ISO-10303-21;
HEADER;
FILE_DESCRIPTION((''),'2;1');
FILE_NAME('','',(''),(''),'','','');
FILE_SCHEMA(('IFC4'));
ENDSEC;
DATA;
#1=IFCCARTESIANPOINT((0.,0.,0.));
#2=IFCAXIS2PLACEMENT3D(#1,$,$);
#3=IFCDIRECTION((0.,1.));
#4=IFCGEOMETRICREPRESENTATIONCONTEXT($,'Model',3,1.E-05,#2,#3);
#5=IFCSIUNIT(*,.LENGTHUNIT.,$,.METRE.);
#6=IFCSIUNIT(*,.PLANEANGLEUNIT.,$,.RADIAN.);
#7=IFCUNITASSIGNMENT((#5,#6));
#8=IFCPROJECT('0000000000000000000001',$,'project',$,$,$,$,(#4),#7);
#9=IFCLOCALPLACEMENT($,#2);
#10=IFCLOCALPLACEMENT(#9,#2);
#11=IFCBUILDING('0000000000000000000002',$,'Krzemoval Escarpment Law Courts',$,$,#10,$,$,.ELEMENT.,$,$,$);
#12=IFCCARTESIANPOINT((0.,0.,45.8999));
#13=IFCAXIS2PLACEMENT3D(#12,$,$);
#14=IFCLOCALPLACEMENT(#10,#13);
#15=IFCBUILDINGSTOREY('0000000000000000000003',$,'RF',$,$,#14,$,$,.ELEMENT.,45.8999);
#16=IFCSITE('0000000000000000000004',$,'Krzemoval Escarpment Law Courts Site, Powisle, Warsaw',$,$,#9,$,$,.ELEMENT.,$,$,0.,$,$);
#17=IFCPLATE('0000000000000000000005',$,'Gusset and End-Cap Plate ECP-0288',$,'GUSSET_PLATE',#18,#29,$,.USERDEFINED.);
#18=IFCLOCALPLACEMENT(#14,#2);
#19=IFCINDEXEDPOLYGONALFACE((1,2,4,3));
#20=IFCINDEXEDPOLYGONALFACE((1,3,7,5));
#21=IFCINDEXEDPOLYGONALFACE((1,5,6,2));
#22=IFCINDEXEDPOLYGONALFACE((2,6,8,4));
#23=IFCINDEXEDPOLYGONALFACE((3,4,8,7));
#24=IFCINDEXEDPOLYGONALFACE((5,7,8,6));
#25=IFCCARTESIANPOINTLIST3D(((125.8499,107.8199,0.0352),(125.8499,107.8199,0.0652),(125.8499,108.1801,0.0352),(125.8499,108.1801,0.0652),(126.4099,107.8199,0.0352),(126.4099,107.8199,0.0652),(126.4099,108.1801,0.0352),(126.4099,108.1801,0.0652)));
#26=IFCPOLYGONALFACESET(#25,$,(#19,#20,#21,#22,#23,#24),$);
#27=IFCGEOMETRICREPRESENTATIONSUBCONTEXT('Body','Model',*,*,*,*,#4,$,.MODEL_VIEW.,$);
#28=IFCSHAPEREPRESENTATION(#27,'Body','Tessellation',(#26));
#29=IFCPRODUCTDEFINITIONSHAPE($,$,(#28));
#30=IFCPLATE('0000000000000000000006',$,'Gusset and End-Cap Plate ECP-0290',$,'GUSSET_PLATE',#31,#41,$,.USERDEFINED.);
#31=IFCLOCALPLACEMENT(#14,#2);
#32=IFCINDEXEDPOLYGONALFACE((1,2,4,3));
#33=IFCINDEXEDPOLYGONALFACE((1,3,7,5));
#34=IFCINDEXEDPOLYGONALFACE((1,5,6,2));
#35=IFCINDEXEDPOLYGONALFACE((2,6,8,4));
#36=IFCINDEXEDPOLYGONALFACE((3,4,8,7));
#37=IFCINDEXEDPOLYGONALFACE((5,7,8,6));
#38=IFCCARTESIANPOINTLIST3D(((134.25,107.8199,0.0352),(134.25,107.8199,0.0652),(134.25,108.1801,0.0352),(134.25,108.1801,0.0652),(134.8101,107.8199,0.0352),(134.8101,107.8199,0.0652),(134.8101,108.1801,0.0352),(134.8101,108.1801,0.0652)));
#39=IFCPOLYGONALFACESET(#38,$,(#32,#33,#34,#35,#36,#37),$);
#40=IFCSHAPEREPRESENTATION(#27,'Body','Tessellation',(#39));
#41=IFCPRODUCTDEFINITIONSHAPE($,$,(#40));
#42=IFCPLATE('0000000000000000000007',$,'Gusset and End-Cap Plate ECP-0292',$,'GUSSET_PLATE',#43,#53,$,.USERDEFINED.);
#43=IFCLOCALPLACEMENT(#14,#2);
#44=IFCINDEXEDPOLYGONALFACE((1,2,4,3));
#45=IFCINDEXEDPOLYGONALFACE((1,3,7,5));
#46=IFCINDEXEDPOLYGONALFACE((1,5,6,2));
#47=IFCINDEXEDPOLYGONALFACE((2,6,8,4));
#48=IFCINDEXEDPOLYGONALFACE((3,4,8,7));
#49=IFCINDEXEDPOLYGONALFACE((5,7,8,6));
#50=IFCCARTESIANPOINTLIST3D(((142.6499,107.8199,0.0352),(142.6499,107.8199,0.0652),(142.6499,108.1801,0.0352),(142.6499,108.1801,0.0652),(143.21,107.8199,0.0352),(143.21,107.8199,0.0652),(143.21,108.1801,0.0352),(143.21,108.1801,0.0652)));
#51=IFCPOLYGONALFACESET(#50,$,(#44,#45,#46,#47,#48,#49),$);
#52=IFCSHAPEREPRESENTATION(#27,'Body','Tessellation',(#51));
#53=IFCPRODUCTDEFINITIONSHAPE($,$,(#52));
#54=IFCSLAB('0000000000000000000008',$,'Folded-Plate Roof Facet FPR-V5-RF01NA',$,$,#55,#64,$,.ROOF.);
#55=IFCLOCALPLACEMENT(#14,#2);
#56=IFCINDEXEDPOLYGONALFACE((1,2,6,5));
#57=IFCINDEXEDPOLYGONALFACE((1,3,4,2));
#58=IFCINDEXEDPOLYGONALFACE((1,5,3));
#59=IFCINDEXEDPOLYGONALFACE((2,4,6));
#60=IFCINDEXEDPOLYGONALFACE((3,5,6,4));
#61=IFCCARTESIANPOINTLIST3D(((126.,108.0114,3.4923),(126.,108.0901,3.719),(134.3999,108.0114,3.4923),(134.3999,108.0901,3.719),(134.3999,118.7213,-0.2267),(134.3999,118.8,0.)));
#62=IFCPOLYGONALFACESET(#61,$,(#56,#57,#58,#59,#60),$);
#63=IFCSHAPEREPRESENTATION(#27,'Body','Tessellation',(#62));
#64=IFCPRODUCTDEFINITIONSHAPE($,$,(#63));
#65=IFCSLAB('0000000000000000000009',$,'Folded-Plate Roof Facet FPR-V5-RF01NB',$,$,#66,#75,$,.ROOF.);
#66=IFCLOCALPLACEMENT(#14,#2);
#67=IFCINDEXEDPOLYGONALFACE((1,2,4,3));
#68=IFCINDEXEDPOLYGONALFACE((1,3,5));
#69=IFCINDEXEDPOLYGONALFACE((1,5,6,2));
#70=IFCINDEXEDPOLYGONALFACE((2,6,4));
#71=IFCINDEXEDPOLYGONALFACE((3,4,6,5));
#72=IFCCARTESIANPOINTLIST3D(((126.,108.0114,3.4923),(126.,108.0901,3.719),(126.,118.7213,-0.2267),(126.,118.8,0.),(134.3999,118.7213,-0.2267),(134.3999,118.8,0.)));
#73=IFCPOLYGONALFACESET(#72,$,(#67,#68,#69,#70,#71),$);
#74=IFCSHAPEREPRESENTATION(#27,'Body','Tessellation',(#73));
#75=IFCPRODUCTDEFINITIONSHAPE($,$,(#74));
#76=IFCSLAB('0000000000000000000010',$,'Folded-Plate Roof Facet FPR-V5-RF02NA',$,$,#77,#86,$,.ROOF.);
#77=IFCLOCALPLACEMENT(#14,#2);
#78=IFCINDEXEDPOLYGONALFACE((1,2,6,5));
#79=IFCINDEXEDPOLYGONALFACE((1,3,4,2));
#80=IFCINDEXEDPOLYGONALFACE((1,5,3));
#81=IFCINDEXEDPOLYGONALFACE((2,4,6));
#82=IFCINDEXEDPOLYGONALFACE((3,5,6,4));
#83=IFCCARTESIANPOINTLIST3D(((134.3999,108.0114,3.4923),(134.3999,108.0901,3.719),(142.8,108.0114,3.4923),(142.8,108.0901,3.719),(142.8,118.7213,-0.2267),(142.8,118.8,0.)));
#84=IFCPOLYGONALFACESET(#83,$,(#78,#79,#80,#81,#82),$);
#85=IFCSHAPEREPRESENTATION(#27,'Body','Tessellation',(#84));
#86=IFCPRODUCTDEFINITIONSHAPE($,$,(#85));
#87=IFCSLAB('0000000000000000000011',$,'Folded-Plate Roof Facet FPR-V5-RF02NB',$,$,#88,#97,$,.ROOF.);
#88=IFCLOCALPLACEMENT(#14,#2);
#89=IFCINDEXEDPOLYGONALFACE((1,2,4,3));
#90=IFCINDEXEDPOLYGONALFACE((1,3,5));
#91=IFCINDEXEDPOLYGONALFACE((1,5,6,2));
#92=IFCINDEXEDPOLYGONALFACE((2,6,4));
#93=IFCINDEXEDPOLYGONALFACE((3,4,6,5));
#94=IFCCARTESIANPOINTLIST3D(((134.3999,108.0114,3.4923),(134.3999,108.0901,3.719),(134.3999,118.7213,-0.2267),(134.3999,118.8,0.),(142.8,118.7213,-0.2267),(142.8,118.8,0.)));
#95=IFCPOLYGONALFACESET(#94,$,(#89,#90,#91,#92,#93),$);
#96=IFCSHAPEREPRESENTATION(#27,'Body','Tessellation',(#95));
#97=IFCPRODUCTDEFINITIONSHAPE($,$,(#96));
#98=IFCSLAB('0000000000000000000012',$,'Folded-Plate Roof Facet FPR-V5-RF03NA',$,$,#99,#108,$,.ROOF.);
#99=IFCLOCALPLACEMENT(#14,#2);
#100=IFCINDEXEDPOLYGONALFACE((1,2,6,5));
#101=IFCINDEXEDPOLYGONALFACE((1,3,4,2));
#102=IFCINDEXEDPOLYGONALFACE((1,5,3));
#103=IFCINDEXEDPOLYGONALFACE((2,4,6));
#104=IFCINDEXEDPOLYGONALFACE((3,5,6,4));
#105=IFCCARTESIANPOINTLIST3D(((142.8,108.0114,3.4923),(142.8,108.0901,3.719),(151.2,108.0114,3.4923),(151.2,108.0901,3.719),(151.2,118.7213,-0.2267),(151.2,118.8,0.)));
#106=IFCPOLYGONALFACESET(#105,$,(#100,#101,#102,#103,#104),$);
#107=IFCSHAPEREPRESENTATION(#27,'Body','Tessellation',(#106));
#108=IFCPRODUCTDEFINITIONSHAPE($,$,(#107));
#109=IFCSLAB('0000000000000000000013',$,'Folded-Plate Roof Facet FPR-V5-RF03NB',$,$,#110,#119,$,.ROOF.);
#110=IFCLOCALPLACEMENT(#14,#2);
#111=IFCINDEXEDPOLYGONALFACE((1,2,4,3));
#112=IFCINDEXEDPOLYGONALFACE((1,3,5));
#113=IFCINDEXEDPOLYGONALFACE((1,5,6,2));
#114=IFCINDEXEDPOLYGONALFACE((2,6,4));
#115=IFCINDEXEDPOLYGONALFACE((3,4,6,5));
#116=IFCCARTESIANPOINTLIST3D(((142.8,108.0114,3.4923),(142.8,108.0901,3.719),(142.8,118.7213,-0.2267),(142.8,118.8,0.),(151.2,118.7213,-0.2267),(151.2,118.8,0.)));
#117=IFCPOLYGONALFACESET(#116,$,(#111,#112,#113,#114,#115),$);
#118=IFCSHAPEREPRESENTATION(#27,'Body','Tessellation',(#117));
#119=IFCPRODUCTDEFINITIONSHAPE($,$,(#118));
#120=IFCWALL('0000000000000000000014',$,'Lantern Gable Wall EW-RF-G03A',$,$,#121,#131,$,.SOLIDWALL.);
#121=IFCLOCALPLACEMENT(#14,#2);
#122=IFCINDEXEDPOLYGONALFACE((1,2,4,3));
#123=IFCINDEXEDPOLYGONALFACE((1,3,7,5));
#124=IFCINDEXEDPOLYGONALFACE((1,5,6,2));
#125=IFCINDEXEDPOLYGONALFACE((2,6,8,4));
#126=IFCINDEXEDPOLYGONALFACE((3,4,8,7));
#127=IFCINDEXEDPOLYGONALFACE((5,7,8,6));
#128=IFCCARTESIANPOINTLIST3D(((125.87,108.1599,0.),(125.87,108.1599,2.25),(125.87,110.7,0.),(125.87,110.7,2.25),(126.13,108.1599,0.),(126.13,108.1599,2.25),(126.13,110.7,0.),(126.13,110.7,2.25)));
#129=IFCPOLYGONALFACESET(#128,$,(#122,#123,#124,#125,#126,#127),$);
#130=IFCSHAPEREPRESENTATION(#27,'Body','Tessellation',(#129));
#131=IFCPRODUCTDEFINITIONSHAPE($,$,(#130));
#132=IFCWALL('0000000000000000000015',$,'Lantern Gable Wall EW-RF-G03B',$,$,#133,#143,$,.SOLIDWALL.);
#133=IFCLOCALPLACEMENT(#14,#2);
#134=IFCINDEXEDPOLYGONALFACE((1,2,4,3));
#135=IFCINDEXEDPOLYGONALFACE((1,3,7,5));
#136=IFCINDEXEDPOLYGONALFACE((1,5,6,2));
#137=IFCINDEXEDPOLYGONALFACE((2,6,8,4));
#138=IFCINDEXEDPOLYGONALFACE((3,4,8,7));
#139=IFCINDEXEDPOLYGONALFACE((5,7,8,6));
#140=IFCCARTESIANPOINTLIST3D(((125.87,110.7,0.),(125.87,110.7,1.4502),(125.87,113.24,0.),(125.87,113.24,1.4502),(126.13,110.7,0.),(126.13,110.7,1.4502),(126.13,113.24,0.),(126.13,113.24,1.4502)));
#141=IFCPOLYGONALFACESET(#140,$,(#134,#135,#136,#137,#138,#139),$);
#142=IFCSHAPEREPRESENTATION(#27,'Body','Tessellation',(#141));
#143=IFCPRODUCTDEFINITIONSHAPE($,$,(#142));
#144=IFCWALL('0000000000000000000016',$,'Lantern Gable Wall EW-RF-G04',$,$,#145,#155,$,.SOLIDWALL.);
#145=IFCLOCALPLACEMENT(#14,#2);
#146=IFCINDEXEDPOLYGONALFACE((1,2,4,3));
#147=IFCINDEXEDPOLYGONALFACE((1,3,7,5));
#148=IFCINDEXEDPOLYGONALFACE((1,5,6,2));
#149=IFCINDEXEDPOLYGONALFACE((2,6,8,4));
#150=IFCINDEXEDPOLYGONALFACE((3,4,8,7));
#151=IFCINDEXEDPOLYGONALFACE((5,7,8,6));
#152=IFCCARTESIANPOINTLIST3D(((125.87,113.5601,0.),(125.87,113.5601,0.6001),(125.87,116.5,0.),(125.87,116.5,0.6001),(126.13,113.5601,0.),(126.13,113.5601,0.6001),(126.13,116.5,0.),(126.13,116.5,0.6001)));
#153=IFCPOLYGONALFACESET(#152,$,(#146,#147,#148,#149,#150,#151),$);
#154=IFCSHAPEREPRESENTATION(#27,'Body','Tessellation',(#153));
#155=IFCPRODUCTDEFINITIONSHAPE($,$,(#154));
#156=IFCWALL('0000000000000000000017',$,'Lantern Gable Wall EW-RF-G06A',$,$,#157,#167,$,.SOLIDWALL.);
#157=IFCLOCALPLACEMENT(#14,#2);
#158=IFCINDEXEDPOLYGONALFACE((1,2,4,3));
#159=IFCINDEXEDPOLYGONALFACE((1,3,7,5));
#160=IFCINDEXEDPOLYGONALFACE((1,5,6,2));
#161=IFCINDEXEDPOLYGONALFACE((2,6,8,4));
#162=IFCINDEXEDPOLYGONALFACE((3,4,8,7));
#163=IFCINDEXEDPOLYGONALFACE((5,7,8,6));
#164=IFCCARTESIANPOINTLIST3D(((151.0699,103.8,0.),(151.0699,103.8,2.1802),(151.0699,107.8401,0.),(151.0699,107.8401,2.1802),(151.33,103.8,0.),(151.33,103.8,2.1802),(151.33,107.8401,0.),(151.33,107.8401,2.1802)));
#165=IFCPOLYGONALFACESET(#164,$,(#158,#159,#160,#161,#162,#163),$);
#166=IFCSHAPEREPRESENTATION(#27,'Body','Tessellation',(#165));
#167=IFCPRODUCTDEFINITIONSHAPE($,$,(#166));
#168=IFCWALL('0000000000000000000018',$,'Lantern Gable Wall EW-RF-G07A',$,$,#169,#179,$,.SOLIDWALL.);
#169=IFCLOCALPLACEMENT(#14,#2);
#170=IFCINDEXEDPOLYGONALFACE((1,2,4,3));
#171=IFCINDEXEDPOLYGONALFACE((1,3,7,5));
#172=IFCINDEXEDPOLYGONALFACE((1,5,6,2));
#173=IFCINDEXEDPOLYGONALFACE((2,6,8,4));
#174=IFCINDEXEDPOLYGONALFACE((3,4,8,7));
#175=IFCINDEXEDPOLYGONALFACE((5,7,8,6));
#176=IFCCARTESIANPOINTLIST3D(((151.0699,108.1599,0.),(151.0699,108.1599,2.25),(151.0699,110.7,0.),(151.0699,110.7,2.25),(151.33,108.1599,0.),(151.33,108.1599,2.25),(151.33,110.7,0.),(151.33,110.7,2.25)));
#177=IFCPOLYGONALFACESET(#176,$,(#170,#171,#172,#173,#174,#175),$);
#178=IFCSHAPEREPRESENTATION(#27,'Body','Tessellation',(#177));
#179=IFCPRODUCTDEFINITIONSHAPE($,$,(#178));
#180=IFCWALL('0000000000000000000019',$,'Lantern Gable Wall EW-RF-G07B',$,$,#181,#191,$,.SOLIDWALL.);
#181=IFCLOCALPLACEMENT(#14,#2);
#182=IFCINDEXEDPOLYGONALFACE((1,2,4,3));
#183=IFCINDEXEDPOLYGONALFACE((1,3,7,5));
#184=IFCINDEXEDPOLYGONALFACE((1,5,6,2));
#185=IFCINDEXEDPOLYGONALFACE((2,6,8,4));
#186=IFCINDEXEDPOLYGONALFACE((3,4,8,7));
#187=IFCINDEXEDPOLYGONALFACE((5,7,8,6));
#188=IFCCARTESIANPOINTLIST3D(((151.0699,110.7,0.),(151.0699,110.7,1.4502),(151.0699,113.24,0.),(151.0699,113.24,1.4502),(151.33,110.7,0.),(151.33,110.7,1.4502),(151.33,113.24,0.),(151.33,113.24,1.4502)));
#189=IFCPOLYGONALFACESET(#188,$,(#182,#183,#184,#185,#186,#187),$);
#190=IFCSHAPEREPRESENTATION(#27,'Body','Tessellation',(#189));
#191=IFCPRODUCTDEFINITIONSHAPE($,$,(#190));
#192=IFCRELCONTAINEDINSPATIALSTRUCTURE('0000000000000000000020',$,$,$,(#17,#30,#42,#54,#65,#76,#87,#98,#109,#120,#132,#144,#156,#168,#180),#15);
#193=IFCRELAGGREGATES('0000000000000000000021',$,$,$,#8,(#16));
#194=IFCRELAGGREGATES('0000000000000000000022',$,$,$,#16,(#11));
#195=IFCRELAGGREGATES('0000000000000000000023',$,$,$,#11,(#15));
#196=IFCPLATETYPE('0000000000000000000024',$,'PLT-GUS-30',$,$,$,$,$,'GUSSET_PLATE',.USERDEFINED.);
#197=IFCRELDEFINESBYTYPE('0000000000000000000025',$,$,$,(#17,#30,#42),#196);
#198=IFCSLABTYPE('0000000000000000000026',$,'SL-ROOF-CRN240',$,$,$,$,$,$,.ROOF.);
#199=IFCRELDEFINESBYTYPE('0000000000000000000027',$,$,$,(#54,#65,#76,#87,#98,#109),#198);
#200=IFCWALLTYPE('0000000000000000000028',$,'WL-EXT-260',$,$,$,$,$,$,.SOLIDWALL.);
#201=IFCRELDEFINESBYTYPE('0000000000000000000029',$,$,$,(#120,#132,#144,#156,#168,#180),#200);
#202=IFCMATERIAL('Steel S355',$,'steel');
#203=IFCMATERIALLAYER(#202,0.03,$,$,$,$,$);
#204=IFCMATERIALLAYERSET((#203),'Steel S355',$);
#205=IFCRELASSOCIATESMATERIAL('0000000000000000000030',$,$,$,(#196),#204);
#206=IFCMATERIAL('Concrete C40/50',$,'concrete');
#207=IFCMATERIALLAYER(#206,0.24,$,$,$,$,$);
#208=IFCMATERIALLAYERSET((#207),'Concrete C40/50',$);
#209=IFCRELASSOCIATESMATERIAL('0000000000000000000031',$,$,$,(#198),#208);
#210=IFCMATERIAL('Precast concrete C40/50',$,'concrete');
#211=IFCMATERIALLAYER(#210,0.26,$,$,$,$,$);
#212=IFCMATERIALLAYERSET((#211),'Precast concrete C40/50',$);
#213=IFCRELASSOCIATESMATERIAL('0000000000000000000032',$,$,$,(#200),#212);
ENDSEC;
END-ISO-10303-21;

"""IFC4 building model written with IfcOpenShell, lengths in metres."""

from ifc_helpers import new_model, si_unit, direction, frame, frame_2d, origin, origin_2d, place, context, subcontext, project, spatial, polyline, rectangle, outline, extrude, material, layer, layer_set, type_object, element, save


model = new_model("IFC4")

# Units and contexts
model_context = context("Model", 3, precision=1e-05, world=origin(), true_north=direction((0.0, 1.0)))
body_context = subcontext(model_context, "Body", "Model", "MODEL_VIEW")
ifc_project = project(units=[si_unit("LENGTHUNIT", "METRE"), si_unit("PLANEANGLEUNIT", "RADIAN")], contexts=[model_context])

# Site, building, storey
site_placement = place(None, origin())
site = spatial("IfcSite", under=ifc_project, at=site_placement, Name="Krzemoval Escarpment Law Courts Site, Powisle, Warsaw", CompositionType="ELEMENT", RefElevation=0.0)
building_placement = place(site_placement, origin())
building = spatial("IfcBuilding", under=site, at=building_placement, Name="Krzemoval Escarpment Law Courts", CompositionType="ELEMENT")
storey_placement = place(building_placement, frame((0.0, 0.0, 45.8999)))
storey = spatial("IfcBuildingStorey", under=building, at=storey_placement, Name="RF", CompositionType="ELEMENT", Elevation=45.8999)

# Plates
ifc_material_1 = material(Name="Steel S355", Category="steel")
ifc_layer_1 = layer(ifc_material_1, 0.03)
ifc_layer_set_1 = layer_set([ifc_layer_1], Name="Steel S355")
plate_type_1 = type_object("IfcPlateType", Name="PLT-GUS-30", ElementType="GUSSET_PLATE", PredefinedType="USERDEFINED", material=ifc_layer_set_1)
for number, where, z_axis, x_axis, name in (
    (1, (126.1299, 108.0, 0.0352), (0.0, 0.0, 1.0), (1.0, 0.0, 0.0), "Gusset and End-Cap Plate ECP-0288"),
    (2, (134.53, 108.0, 0.0352), (0.0, 0.0, 1.0), (1.0, 0.0, 0.0), "Gusset and End-Cap Plate ECP-0290"),
    (3, (142.9299, 108.0, 0.0352), (0.0, 0.0, 1.0), (1.0, 0.0, 0.0), "Gusset and End-Cap Plate ECP-0292"),
):
    element("IfcPlate", number, at=place(storey_placement, frame(where, z_axis=z_axis, x_axis=x_axis)), inside=storey, type_object=plate_type_1, Name=name, ObjectType="GUSSET_PLATE", PredefinedType="USERDEFINED", context=body_context, shape_type="SweptSolid", body=[
        extrude(rectangle(XDim=0.5601, YDim=0.3601, at=origin_2d()), origin(), (0.0, 0.0, 1.0), 0.03),
    ])

# Slabs
ifc_material_2 = material(Name="Concrete C40/50", Category="concrete")
ifc_layer_2 = layer(ifc_material_2, 0.24)
ifc_layer_set_2 = layer_set([ifc_layer_2], Name="Concrete C40/50")
slab_type = type_object("IfcSlabType", Name="SL-ROOF-CRN240", PredefinedType="ROOF", material=ifc_layer_set_2)
slab_1_placement = place(storey_placement, frame((126.0, 108.0901, 3.719), z_axis=(0.0, 0.328032, 0.944667), x_axis=(1.0, 0.0, 0.0)))
element("IfcSlab", 4, at=slab_1_placement, inside=storey, type_object=slab_type, Name="Folded-Plate Roof Facet FPR-V5-RF01NA", PredefinedType="ROOF", context=body_context, shape_type="SweptSolid", body=[
    extrude(outline(polyline([(0.0, 0.0), (8.3999, 0.0), (8.3999, 11.3373), (0.0, 0.0)])), origin(), (0.0, 0.0, -1.0), 0.24),
])
slab_2_placement = place(storey_placement, frame((126.0, 108.0901, 3.719), z_axis=(0.0, 0.328032, 0.944667), x_axis=(0.595315, 0.759033, -0.263571)))
element("IfcSlab", 5, at=slab_2_placement, inside=storey, type_object=slab_type, Name="Folded-Plate Roof Facet FPR-V5-RF01NB", PredefinedType="ROOF", context=body_context, shape_type="SweptSolid", body=[
    extrude(outline(polyline([(0.0, 0.0), (14.11, 0.0), (9.1094, 6.7493), (0.0, 0.0)])), origin(), (0.0, 0.0, -1.0), 0.24),
])
slab_3_placement = place(storey_placement, frame((134.3999, 108.0901, 3.719), z_axis=(0.0, 0.328032, 0.944667), x_axis=(1.0, 0.0, 0.0)))
element("IfcSlab", 6, at=slab_3_placement, inside=storey, type_object=slab_type, Name="Folded-Plate Roof Facet FPR-V5-RF02NA", PredefinedType="ROOF", context=body_context, shape_type="SweptSolid", body=[
    extrude(outline(polyline([(0.0, 0.0), (8.4001, 0.0), (8.4001, 11.3373), (0.0, 0.0)])), origin(), (0.0, 0.0, -1.0), 0.24),
])
slab_4_placement = place(storey_placement, frame((134.3999, 108.0901, 3.719), z_axis=(0.0, 0.328032, 0.944667), x_axis=(0.595326, 0.759025, -0.263569)))
element("IfcSlab", 7, at=slab_4_placement, inside=storey, type_object=slab_type, Name="Folded-Plate Roof Facet FPR-V5-RF02NB", PredefinedType="ROOF", context=body_context, shape_type="SweptSolid", body=[
    extrude(outline(polyline([(0.0, 0.0), (14.1102, 0.0), (9.1093, 6.7494), (0.0, 0.0)])), origin(), (0.0, 0.0, -1.0), 0.24),
])
slab_5_placement = place(storey_placement, frame((142.8, 108.0901, 3.719), z_axis=(0.0, 0.328032, 0.944667), x_axis=(1.0, 0.0, 0.0)))
element("IfcSlab", 8, at=slab_5_placement, inside=storey, type_object=slab_type, Name="Folded-Plate Roof Facet FPR-V5-RF03NA", PredefinedType="ROOF", context=body_context, shape_type="SweptSolid", body=[
    extrude(outline(polyline([(0.0, 0.0), (8.3999, 0.0), (8.3999, 11.3373), (0.0, 0.0)])), origin(), (0.0, 0.0, -1.0), 0.24),
])
slab_6_placement = place(storey_placement, frame((142.8, 108.0901, 3.719), z_axis=(0.0, 0.328032, 0.944667), x_axis=(0.595315, 0.759033, -0.263571)))
element("IfcSlab", 9, at=slab_6_placement, inside=storey, type_object=slab_type, Name="Folded-Plate Roof Facet FPR-V5-RF03NB", PredefinedType="ROOF", context=body_context, shape_type="SweptSolid", body=[
    extrude(outline(polyline([(0.0, 0.0), (14.11, 0.0), (9.1094, 6.7493), (0.0, 0.0)])), origin(), (0.0, 0.0, -1.0), 0.24),
])

# Walls
ifc_material_3 = material(Name="Precast concrete C40/50", Category="concrete")
ifc_layer_3 = layer(ifc_material_3, 0.26)
ifc_layer_set_3 = layer_set([ifc_layer_3], Name="Precast concrete C40/50")
wall_type_1 = type_object("IfcWallType", Name="WL-EXT-260", PredefinedType="SOLIDWALL", material=ifc_layer_set_3)
wall_1_placement = place(storey_placement, frame((126.0, 108.1599, 0.0), z_axis=(0.0, 0.0, 1.0), x_axis=(0.0, 1.0, 0.0)))
element("IfcWall", 10, at=wall_1_placement, inside=storey, type_object=wall_type_1, Name="Lantern Gable Wall EW-RF-G03A", PredefinedType="SOLIDWALL", context=body_context, shape_type="SweptSolid", body=[
    extrude(rectangle(XDim=2.54, YDim=0.26, at=frame_2d((1.27, 0.0))), origin(), (0.0, 0.0, 1.0), 2.25),
])
wall_2_placement = place(storey_placement, frame((126.0, 110.7, 0.0), z_axis=(0.0, 0.0, 1.0), x_axis=(0.0, 1.0, 0.0)))
element("IfcWall", 11, at=wall_2_placement, inside=storey, type_object=wall_type_1, Name="Lantern Gable Wall EW-RF-G03B", PredefinedType="SOLIDWALL", context=body_context, shape_type="SweptSolid", body=[
    extrude(rectangle(XDim=2.54, YDim=0.26, at=frame_2d((1.27, 0.0))), origin(), (0.0, 0.0, 1.0), 1.4502),
])
wall_3_placement = place(storey_placement, frame((126.0, 113.5601, 0.0), z_axis=(0.0, 0.0, 1.0), x_axis=(0.0, 1.0, 0.0)))
element("IfcWall", 12, at=wall_3_placement, inside=storey, type_object=wall_type_1, Name="Lantern Gable Wall EW-RF-G04", PredefinedType="SOLIDWALL", context=body_context, shape_type="SweptSolid", body=[
    extrude(rectangle(XDim=2.9399, YDim=0.26, at=frame_2d((1.47, 0.0))), origin(), (0.0, 0.0, 1.0), 0.6001),
])
wall_4_placement = place(storey_placement, frame((151.2, 107.8401, 0.0), z_axis=(0.0, 0.0, 1.0), x_axis=(0.0, -1.0, 0.0)))
element("IfcWall", 13, at=wall_4_placement, inside=storey, type_object=wall_type_1, Name="Lantern Gable Wall EW-RF-G06A", PredefinedType="SOLIDWALL", context=body_context, shape_type="SweptSolid", body=[
    extrude(rectangle(XDim=4.04, YDim=0.26, at=frame_2d((2.02, 0.0))), origin(), (0.0, 0.0, 1.0), 2.1802),
])
wall_5_placement = place(storey_placement, frame((151.2, 110.7, 0.0), z_axis=(0.0, 0.0, 1.0), x_axis=(0.0, -1.0, 0.0)))
element("IfcWall", 14, at=wall_5_placement, inside=storey, type_object=wall_type_1, Name="Lantern Gable Wall EW-RF-G07A", PredefinedType="SOLIDWALL", context=body_context, shape_type="SweptSolid", body=[
    extrude(rectangle(XDim=2.54, YDim=0.26, at=frame_2d((1.27, 0.0))), origin(), (0.0, 0.0, 1.0), 2.25),
])
wall_6_placement = place(storey_placement, frame((151.2, 113.24, 0.0), z_axis=(0.0, 0.0, 1.0), x_axis=(0.0, -1.0, 0.0)))
element("IfcWall", 15, at=wall_6_placement, inside=storey, type_object=wall_type_1, Name="Lantern Gable Wall EW-RF-G07B", PredefinedType="SOLIDWALL", context=body_context, shape_type="SweptSolid", body=[
    extrude(rectangle(XDim=2.54, YDim=0.26, at=frame_2d((1.27, 0.0))), origin(), (0.0, 0.0, 1.0), 1.4502),
])

save(model, "model.ifc")
